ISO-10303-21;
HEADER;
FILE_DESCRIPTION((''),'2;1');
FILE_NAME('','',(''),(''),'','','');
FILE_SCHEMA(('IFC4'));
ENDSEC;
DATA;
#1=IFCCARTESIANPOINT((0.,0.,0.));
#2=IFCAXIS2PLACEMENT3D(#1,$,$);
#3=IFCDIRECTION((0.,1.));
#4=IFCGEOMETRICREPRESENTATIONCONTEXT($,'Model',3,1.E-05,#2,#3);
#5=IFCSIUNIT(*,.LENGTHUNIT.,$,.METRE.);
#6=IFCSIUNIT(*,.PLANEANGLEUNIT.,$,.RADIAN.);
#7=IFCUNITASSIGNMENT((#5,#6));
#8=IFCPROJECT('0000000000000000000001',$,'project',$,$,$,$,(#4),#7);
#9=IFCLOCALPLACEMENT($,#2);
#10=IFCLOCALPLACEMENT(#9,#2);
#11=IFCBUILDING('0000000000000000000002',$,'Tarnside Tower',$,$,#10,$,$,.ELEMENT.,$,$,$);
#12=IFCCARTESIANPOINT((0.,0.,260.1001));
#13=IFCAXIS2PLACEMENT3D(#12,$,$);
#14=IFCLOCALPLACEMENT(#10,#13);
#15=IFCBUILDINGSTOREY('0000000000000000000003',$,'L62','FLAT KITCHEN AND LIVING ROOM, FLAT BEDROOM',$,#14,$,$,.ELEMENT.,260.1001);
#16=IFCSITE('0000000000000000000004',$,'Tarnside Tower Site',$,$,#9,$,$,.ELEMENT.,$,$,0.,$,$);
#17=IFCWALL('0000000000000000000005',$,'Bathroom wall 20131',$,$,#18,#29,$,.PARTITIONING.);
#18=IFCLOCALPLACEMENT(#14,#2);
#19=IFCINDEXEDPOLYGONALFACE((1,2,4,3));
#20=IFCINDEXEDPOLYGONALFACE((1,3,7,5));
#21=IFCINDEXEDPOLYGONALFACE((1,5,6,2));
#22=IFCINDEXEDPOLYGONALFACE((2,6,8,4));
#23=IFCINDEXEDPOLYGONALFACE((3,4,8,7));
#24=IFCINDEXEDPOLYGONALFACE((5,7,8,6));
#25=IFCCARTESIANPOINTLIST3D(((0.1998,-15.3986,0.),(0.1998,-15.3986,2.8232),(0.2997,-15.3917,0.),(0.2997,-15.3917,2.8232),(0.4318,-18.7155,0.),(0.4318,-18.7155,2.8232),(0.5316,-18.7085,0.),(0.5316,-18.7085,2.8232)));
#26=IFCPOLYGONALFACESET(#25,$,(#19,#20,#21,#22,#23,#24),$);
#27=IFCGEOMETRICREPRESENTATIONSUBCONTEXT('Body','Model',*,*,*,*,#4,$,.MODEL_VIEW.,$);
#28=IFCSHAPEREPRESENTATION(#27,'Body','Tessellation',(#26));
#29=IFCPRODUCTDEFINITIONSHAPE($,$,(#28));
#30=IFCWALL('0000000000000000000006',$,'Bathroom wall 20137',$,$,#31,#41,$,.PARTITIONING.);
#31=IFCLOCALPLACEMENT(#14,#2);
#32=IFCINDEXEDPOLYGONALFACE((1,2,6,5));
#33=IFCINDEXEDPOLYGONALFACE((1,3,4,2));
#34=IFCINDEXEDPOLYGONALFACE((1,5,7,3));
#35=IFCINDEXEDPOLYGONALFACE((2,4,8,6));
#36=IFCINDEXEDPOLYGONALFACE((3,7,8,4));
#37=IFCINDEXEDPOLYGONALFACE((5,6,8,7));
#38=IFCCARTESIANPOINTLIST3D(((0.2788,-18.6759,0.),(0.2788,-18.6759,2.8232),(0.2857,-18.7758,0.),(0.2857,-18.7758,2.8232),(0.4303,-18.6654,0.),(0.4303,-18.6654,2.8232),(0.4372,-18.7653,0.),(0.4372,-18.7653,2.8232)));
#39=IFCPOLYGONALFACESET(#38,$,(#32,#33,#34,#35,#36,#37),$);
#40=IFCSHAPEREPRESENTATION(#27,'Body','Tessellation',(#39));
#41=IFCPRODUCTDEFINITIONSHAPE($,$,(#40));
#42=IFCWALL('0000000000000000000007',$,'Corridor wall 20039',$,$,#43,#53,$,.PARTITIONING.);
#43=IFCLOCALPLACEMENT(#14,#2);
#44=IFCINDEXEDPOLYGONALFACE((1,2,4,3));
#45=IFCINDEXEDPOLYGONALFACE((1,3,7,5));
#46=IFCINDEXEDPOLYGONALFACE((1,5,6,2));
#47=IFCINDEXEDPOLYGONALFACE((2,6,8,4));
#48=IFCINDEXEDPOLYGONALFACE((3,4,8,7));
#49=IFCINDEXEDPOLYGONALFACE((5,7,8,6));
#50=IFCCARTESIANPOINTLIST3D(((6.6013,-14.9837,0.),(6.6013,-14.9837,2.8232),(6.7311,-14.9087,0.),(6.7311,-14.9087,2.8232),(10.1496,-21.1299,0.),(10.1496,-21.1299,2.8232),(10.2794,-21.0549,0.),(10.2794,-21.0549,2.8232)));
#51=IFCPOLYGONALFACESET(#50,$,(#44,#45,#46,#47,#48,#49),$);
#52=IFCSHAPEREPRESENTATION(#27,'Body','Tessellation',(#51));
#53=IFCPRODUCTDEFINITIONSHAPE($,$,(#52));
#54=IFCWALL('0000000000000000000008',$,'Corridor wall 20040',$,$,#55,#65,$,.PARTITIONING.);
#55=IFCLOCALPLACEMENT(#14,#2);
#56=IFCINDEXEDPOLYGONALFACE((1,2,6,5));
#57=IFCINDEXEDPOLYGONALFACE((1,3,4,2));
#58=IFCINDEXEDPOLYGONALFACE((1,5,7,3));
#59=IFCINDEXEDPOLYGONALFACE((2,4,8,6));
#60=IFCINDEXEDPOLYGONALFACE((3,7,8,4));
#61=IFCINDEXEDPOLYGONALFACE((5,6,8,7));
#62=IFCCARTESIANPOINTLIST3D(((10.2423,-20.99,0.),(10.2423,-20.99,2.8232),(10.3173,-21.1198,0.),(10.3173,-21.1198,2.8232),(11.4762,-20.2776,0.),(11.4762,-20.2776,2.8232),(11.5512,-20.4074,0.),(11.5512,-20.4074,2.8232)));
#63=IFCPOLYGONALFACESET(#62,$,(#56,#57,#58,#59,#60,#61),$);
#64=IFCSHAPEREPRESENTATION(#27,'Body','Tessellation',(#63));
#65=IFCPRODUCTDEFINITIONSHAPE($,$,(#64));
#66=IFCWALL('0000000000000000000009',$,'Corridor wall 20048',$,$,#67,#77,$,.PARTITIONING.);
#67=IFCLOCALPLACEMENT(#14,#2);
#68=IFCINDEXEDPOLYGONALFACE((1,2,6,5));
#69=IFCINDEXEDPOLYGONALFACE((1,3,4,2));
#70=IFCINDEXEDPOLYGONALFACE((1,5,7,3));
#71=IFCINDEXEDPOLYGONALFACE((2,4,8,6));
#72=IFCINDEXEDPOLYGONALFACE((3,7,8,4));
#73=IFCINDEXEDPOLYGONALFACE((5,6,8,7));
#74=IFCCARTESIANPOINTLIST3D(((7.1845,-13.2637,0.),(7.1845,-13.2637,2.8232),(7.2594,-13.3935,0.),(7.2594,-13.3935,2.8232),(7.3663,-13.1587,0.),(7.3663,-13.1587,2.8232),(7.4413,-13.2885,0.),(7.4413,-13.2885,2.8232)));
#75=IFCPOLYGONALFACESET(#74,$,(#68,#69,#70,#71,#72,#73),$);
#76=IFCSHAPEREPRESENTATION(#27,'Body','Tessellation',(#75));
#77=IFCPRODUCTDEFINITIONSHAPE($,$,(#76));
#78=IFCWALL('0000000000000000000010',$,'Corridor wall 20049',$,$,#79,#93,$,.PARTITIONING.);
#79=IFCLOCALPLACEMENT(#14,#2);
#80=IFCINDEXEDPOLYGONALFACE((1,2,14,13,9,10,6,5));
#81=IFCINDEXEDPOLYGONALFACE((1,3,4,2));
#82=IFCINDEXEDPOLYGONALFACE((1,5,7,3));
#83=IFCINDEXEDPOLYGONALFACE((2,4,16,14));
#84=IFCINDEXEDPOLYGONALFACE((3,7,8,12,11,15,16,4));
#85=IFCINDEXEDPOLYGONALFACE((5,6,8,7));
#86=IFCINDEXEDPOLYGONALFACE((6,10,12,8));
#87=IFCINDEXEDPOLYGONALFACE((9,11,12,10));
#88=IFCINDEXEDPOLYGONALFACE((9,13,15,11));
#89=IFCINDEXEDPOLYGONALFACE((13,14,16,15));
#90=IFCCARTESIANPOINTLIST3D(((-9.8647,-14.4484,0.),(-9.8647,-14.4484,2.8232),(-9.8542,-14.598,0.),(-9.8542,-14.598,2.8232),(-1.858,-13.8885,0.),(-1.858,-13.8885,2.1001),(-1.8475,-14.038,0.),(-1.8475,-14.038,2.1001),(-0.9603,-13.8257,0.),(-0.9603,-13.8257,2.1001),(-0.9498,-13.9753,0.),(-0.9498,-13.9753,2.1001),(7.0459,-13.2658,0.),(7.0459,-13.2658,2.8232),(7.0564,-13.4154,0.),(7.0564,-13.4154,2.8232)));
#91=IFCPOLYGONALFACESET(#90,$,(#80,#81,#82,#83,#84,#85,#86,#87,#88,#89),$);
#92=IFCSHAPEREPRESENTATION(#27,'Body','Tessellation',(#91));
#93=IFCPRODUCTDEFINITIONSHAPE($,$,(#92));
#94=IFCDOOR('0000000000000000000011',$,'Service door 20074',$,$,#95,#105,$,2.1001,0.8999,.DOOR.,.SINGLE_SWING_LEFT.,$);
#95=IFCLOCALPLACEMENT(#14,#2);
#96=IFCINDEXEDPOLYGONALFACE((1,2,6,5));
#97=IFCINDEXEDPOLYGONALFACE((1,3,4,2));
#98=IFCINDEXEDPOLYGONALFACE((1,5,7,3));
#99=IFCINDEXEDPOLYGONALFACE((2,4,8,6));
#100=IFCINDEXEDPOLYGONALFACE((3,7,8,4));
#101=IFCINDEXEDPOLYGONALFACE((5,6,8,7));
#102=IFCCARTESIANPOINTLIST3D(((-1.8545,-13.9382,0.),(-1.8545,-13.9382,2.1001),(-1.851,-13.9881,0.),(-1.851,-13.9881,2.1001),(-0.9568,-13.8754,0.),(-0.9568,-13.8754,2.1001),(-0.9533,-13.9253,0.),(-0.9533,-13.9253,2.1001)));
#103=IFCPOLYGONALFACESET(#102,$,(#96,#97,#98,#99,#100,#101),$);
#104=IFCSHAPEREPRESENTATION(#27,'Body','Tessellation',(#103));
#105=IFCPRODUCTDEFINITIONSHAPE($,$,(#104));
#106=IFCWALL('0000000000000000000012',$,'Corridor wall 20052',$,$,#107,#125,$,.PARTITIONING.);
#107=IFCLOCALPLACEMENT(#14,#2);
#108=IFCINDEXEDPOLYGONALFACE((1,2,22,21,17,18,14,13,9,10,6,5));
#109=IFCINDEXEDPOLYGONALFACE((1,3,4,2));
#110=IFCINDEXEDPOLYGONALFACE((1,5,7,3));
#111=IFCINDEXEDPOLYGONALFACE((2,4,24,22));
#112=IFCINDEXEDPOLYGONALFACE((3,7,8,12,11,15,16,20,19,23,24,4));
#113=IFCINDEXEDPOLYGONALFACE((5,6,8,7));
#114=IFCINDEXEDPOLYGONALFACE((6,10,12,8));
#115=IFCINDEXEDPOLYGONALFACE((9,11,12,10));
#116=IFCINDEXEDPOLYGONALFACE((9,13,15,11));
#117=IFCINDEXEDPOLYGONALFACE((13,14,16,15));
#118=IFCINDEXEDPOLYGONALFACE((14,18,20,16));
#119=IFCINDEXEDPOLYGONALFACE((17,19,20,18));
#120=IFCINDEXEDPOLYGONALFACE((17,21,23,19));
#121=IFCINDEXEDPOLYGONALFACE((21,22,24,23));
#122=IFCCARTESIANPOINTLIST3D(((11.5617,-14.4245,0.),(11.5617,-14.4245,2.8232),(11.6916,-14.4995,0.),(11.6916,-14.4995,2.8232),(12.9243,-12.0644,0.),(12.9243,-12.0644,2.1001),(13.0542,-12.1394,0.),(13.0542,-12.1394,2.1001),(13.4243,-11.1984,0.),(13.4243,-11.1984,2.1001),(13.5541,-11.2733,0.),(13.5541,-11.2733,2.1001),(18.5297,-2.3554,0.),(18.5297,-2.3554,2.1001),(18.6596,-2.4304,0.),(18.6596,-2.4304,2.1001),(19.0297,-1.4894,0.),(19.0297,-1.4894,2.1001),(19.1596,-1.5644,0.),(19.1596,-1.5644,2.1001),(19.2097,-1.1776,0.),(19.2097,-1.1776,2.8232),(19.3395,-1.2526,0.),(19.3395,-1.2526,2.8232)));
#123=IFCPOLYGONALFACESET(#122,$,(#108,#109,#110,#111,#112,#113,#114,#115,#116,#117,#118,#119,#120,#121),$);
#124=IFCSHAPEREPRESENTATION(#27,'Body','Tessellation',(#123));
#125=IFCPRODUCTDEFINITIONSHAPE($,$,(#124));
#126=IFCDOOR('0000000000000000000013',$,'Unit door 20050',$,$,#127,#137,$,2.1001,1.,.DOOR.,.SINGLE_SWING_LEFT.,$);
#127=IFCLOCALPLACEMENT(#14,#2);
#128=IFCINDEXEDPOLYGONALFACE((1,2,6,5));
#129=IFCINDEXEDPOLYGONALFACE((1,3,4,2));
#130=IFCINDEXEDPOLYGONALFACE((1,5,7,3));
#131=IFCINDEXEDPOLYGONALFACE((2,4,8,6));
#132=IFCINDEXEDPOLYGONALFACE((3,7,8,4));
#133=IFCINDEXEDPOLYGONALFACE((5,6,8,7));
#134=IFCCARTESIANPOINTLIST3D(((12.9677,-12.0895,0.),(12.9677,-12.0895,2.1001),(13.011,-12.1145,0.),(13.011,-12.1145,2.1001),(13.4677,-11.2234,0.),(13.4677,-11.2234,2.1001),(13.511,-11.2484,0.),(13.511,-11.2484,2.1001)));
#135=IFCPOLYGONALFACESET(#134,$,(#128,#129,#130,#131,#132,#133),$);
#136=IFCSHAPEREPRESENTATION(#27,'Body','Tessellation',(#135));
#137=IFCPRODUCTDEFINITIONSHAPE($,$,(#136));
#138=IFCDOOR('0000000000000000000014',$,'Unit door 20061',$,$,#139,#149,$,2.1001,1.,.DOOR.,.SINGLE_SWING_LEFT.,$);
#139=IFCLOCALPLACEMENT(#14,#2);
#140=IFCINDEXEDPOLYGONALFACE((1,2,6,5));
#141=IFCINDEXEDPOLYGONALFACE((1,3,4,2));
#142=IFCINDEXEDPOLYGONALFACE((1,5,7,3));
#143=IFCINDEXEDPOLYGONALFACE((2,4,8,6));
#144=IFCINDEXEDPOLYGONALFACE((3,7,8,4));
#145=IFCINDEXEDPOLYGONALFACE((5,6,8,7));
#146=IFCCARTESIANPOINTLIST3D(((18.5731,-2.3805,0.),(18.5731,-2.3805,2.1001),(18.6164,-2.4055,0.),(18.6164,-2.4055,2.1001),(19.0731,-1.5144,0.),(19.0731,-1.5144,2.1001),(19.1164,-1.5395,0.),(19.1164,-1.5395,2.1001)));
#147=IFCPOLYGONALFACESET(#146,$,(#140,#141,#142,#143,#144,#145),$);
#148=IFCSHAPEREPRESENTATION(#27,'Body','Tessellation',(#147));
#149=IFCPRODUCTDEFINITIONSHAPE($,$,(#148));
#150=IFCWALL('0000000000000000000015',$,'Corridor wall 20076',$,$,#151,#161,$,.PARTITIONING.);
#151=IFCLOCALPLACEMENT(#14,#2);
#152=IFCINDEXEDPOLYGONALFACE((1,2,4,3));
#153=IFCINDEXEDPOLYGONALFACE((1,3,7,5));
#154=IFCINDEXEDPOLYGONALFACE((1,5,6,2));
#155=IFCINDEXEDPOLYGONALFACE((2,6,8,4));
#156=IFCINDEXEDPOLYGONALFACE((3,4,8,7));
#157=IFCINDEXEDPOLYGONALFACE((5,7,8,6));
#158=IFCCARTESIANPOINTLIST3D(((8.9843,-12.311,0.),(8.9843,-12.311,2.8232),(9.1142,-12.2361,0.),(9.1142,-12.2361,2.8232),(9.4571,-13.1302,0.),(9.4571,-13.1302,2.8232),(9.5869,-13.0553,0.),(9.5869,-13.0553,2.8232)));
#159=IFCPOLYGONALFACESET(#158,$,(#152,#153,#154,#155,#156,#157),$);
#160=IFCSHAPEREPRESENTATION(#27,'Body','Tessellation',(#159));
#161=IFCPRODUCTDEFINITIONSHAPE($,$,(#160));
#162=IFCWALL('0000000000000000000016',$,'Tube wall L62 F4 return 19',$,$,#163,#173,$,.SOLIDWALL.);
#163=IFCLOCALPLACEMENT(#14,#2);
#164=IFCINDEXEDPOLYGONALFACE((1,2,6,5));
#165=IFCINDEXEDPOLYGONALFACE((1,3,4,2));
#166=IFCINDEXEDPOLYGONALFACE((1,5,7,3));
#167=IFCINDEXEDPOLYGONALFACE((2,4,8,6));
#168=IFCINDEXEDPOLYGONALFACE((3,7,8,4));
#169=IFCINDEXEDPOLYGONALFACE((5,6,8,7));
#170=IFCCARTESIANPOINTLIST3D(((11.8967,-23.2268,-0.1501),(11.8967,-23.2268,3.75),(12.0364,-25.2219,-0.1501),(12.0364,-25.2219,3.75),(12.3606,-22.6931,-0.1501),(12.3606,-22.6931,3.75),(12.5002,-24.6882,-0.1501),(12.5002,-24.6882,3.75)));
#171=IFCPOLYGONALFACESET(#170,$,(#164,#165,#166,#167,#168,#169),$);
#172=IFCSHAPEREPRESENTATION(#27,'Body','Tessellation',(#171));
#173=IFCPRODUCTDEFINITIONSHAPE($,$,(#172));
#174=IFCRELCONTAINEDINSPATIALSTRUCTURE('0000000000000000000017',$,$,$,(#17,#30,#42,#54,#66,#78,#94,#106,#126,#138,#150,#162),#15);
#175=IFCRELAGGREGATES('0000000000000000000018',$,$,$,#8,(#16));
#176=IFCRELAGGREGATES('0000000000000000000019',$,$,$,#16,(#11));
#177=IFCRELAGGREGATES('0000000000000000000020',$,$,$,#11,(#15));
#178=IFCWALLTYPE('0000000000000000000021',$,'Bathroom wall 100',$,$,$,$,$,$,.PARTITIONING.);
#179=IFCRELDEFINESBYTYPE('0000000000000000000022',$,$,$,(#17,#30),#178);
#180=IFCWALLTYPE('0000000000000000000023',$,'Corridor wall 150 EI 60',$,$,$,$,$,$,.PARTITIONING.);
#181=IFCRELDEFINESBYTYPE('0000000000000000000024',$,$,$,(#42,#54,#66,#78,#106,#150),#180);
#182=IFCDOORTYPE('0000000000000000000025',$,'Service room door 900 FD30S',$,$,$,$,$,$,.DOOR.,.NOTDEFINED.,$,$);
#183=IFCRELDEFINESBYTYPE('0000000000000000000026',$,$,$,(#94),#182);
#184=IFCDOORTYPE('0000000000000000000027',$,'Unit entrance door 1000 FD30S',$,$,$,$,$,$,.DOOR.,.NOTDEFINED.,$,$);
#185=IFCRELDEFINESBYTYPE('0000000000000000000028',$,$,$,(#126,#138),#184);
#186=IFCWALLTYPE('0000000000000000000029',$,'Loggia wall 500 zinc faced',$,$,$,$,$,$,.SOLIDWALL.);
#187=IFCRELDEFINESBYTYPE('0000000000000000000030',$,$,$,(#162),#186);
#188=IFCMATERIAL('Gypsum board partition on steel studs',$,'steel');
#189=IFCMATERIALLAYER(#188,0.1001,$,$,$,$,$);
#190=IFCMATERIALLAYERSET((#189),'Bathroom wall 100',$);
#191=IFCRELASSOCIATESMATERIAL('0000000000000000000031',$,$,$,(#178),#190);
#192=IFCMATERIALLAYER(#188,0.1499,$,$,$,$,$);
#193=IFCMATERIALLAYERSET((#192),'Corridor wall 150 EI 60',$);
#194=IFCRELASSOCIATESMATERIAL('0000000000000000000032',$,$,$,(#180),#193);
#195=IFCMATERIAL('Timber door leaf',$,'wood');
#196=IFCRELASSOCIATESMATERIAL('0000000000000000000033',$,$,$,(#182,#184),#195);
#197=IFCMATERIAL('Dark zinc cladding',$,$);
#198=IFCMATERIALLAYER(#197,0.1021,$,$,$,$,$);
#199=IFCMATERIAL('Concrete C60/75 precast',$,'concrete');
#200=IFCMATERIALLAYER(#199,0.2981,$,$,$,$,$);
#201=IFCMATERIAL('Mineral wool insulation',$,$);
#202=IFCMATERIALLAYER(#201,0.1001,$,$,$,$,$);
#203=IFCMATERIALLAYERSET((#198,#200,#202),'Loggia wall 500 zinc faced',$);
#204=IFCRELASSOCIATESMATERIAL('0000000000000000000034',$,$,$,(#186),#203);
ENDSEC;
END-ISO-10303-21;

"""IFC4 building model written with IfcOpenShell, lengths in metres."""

from ifc_helpers import new_model, si_unit, direction, frame, frame_2d, origin, place, context, subcontext, project, spatial, polyline, rectangle, outline, extrude, material, layer, layer_set, type_object, element, fill, save


model = new_model("IFC4")

# Units and contexts
model_context = context("Model", 3, precision=1e-05, world=origin(), true_north=direction((0.0, 1.0)))
body_context = subcontext(model_context, "Body", "Model", "MODEL_VIEW")
ifc_project = project(units=[si_unit("LENGTHUNIT", "METRE"), si_unit("PLANEANGLEUNIT", "RADIAN")], contexts=[model_context])

# Site, building, storey
site_placement = place(None, origin())
site = spatial("IfcSite", under=ifc_project, at=site_placement, Name="Tarnside Tower Site", CompositionType="ELEMENT", RefElevation=0.0)
building_placement = place(site_placement, origin())
building = spatial("IfcBuilding", under=site, at=building_placement, Name="Tarnside Tower", CompositionType="ELEMENT")
storey_placement = place(building_placement, frame((0.0, 0.0, 260.1001)))
storey = spatial("IfcBuildingStorey", under=building, at=storey_placement, Name="L62", Description="FLAT KITCHEN AND LIVING ROOM, FLAT BEDROOM", CompositionType="ELEMENT", Elevation=260.1001)

# Walls
ifc_material_1 = material(Name="Gypsum board partition on steel studs", Category="steel")
ifc_layer_1 = layer(ifc_material_1, 0.1001)
ifc_layer_set_1 = layer_set([ifc_layer_1], Name="Bathroom wall 100")
wall_type_1 = type_object("IfcWallType", Name="Bathroom wall 100", PredefinedType="PARTITIONING", material=ifc_layer_set_1)
wall_1_placement = place(storey_placement, frame((0.2498, -15.395, 0.0), z_axis=(0.0, 0.0, 1.0), x_axis=(0.069755, -0.997564, 0.0)))
element("IfcWall", 1, at=wall_1_placement, inside=storey, type_object=wall_type_1, Name="Bathroom wall 20131", PredefinedType="PARTITIONING", context=body_context, shape_type="SweptSolid", body=[
    extrude(rectangle(XDim=3.325, YDim=0.1001, at=frame_2d((1.6626, 0.0))), origin(), (0.0, 0.0, 1.0), 2.8232),
])
wall_2_placement = place(storey_placement, frame((0.2822, -18.7258, 0.0), z_axis=(0.0, 0.0, 1.0), x_axis=(0.997611, 0.069078, 0.0)))
element("IfcWall", 2, at=wall_2_placement, inside=storey, type_object=wall_type_1, Name="Bathroom wall 20137", PredefinedType="PARTITIONING", context=body_context, shape_type="SweptSolid", body=[
    extrude(rectangle(XDim=0.1519, YDim=0.1001, at=frame_2d((0.0759, 0.0))), origin(), (0.0, 0.0, 1.0), 2.8232),
])
ifc_layer_2 = layer(ifc_material_1, 0.1499)
ifc_layer_set_2 = layer_set([ifc_layer_2], Name="Corridor wall 150 EI 60")
wall_type_2 = type_object("IfcWallType", Name="Corridor wall 150 EI 60", PredefinedType="PARTITIONING", material=ifc_layer_set_2)
wall_3_placement = place(storey_placement, frame((6.6663, -14.9463, 0.0), z_axis=(0.0, 0.0, 1.0), x_axis=(0.49998, -0.866037, 0.0)))
element("IfcWall", 3, at=wall_3_placement, inside=storey, type_object=wall_type_2, Name="Corridor wall 20039", PredefinedType="PARTITIONING", context=body_context, shape_type="SweptSolid", body=[
    extrude(rectangle(XDim=7.0969, YDim=0.1499, at=frame_2d((3.5483, 0.0))), origin(), (0.0, 0.0, 1.0), 2.8232),
])
wall_4_placement = place(storey_placement, frame((10.2798, -21.0549, 0.0), z_axis=(0.0, 0.0, 1.0), x_axis=(0.86602, 0.500009, 0.0)))
element("IfcWall", 4, at=wall_4_placement, inside=storey, type_object=wall_type_2, Name="Corridor wall 20040", PredefinedType="PARTITIONING", context=body_context, shape_type="SweptSolid", body=[
    extrude(rectangle(XDim=1.4248, YDim=0.1499, at=frame_2d((0.7124, 0.0))), origin(), (0.0, 0.0, 1.0), 2.8232),
])
wall_5_placement = place(storey_placement, frame((7.4038, -13.2236, 0.0), z_axis=(0.0, 0.0, 1.0), x_axis=(-0.866089, -0.49989, 0.0)))
element("IfcWall", 5, at=wall_5_placement, inside=storey, type_object=wall_type_2, Name="Corridor wall 20048", PredefinedType="PARTITIONING", context=body_context, shape_type="SweptSolid", body=[
    extrude(rectangle(XDim=0.21, YDim=0.1499, at=frame_2d((0.105, 0.0))), origin(), (0.0, 0.0, 1.0), 2.8232),
])

# Wall, opening, door
wall_6_placement = place(storey_placement, frame((7.0513, -13.3406, 0.0), z_axis=(0.0, 0.0, 1.0), x_axis=(-0.997564, -0.069763, 0.0)))
wall_6 = element("IfcWall", 6, at=wall_6_placement, inside=storey, type_object=wall_type_2, Name="Corridor wall 20049", PredefinedType="PARTITIONING", context=body_context, shape_type="SweptSolid", body=[
    extrude(rectangle(XDim=16.9519, YDim=0.1499, at=frame_2d((8.4761, 0.0))), origin(), (0.0, 0.0, 1.0), 2.8232),
])
opening_1_placement = place(wall_6_placement, frame((8.0259, 0.0, 0.0)))
opening_1 = element("IfcOpeningElement", 7, at=opening_1_placement, cuts=wall_6, PredefinedType="OPENING", context=body_context, shape_type="SweptSolid", body=[
    extrude(rectangle(XDim=0.8999, YDim=2.1001, at=frame_2d((0.45, 1.05))), frame((0.0, 0.085, 0.0), z_axis=(0.0, -1.0, 0.0), x_axis=(1.0, 0.0, 0.0)), (0.0, 0.0, 1.0), 0.1699),
])
ifc_material_2 = material(Name="Timber door leaf", Category="wood")
door_type_1 = type_object("IfcDoorType", Name="Service room door 900 FD30S", OperationType="NOTDEFINED", PredefinedType="DOOR", material=ifc_material_2)
door_1_placement = place(opening_1_placement, origin())
door_1 = element("IfcDoor", 8, at=door_1_placement, inside=storey, type_object=door_type_1, Name="Service door 20074", OperationType="SINGLE_SWING_LEFT", OverallHeight=2.1001, OverallWidth=0.8999, PredefinedType="DOOR", context=body_context, shape_type="SweptSolid", body=[
    extrude(rectangle(XDim=0.8999, YDim=2.1001, at=frame_2d((0.45, 1.05))), frame((0.0, 0.0249, 0.0), z_axis=(0.0, -1.0, 0.0), x_axis=(1.0, 0.0, 0.0)), (0.0, 0.0, 1.0), 0.05),
])
fill(opening_1, door_1)

# Wall, openings, doors
wall_7_placement = place(storey_placement, frame((11.6267, -14.4619, 0.0), z_axis=(0.0, 0.0, 1.0), x_axis=(0.499995, 0.866029, 0.0)))
wall_7 = element("IfcWall", 9, at=wall_7_placement, inside=storey, type_object=wall_type_2, Name="Corridor wall 20052", PredefinedType="PARTITIONING", context=body_context, shape_type="SweptSolid", body=[
    extrude(rectangle(XDim=15.2961, YDim=0.1499, at=frame_2d((7.6479, 0.0))), origin(), (0.0, 0.0, 1.0), 2.8232),
])
opening_2_placement = place(wall_7_placement, frame((2.7251, 0.0, 0.0)))
opening_2 = element("IfcOpeningElement", 10, at=opening_2_placement, cuts=wall_7, PredefinedType="OPENING", context=body_context, shape_type="SweptSolid", body=[
    extrude(rectangle(XDim=1.0, YDim=2.1001, at=frame_2d((0.5, 1.05))), frame((0.0, 0.085, 0.0), z_axis=(0.0, -1.0, 0.0), x_axis=(1.0, 0.0, 0.0)), (0.0, 0.0, 1.0), 0.1699),
])
opening_3_placement = place(wall_7_placement, frame((13.936, 0.0, 0.0)))
opening_3 = element("IfcOpeningElement", 11, at=opening_3_placement, cuts=wall_7, PredefinedType="OPENING", context=body_context, shape_type="SweptSolid", body=[
    extrude(rectangle(XDim=1.0, YDim=2.1001, at=frame_2d((0.5, 1.05))), frame((0.0, 0.085, 0.0), z_axis=(0.0, -1.0, 0.0), x_axis=(1.0, 0.0, 0.0)), (0.0, 0.0, 1.0), 0.1699),
])
door_type_2 = type_object("IfcDoorType", Name="Unit entrance door 1000 FD30S", OperationType="NOTDEFINED", PredefinedType="DOOR", material=ifc_material_2)
door_2_placement = place(opening_2_placement, origin())
door_2 = element("IfcDoor", 12, at=door_2_placement, inside=storey, type_object=door_type_2, Name="Unit door 20050", OperationType="SINGLE_SWING_LEFT", OverallHeight=2.1001, OverallWidth=1.0, PredefinedType="DOOR", context=body_context, shape_type="SweptSolid", body=[
    extrude(rectangle(XDim=1.0, YDim=2.1001, at=frame_2d((0.5, 1.05))), frame((0.0, 0.0249, 0.0), z_axis=(0.0, -1.0, 0.0), x_axis=(1.0, 0.0, 0.0)), (0.0, 0.0, 1.0), 0.05),
])
fill(opening_2, door_2)
door_3_placement = place(opening_3_placement, origin())
door_3 = element("IfcDoor", 13, at=door_3_placement, inside=storey, type_object=door_type_2, Name="Unit door 20061", OperationType="SINGLE_SWING_LEFT", OverallHeight=2.1001, OverallWidth=1.0, PredefinedType="DOOR", context=body_context, shape_type="SweptSolid", body=[
    extrude(rectangle(XDim=1.0, YDim=2.1001, at=frame_2d((0.5, 1.05))), frame((0.0, 0.0249, 0.0), z_axis=(0.0, -1.0, 0.0), x_axis=(1.0, 0.0, 0.0)), (0.0, 0.0, 1.0), 0.05),
])
fill(opening_3, door_3)

# Walls
wall_8_placement = place(storey_placement, frame((9.522, -13.0928, 0.0), z_axis=(0.0, 0.0, 1.0), x_axis=(-0.499804, 0.866138, 0.0)))
element("IfcWall", 14, at=wall_8_placement, inside=storey, type_object=wall_type_2, Name="Corridor wall 20076", PredefinedType="PARTITIONING", context=body_context, shape_type="SweptSolid", body=[
    extrude(rectangle(XDim=0.9458, YDim=0.1499, at=frame_2d((0.4729, 0.0))), origin(), (0.0, 0.0, 1.0), 2.8232),
])
ifc_material_3 = material(Name="Dark zinc cladding")
ifc_layer_3 = layer(ifc_material_3, 0.1021)
ifc_material_4 = material(Name="Concrete C60/75 precast", Category="concrete")
ifc_layer_4 = layer(ifc_material_4, 0.2981)
ifc_material_5 = material(Name="Mineral wool insulation")
ifc_layer_5 = layer(ifc_material_5, 0.1001)
ifc_layer_set_3 = layer_set([ifc_layer_3, ifc_layer_4, ifc_layer_5], Name="Loggia wall 500 zinc faced")
wall_type_3 = type_object("IfcWallType", Name="Loggia wall 500 zinc faced", PredefinedType="SOLIDWALL", material=ifc_layer_set_3)
wall_9_placement = place(storey_placement, frame((12.1287, -22.96, -0.1501), z_axis=(0.0, 0.0, 1.0), x_axis=(0.069824, -0.997559, 0.0)))
element("IfcWall", 15, at=wall_9_placement, inside=storey, type_object=wall_type_3, Name="Tube wall L62 F4 return 19", PredefinedType="SOLIDWALL", context=body_context, shape_type="SweptSolid", body=[
    extrude(outline(polyline([(0.25, -0.25), (2.25, -0.25), (1.75, 0.25), (-0.25, 0.25), (0.25, -0.25)])), origin(), (0.0, 0.0, 1.0), 3.9001),
])

save(model, "model.ifc")
